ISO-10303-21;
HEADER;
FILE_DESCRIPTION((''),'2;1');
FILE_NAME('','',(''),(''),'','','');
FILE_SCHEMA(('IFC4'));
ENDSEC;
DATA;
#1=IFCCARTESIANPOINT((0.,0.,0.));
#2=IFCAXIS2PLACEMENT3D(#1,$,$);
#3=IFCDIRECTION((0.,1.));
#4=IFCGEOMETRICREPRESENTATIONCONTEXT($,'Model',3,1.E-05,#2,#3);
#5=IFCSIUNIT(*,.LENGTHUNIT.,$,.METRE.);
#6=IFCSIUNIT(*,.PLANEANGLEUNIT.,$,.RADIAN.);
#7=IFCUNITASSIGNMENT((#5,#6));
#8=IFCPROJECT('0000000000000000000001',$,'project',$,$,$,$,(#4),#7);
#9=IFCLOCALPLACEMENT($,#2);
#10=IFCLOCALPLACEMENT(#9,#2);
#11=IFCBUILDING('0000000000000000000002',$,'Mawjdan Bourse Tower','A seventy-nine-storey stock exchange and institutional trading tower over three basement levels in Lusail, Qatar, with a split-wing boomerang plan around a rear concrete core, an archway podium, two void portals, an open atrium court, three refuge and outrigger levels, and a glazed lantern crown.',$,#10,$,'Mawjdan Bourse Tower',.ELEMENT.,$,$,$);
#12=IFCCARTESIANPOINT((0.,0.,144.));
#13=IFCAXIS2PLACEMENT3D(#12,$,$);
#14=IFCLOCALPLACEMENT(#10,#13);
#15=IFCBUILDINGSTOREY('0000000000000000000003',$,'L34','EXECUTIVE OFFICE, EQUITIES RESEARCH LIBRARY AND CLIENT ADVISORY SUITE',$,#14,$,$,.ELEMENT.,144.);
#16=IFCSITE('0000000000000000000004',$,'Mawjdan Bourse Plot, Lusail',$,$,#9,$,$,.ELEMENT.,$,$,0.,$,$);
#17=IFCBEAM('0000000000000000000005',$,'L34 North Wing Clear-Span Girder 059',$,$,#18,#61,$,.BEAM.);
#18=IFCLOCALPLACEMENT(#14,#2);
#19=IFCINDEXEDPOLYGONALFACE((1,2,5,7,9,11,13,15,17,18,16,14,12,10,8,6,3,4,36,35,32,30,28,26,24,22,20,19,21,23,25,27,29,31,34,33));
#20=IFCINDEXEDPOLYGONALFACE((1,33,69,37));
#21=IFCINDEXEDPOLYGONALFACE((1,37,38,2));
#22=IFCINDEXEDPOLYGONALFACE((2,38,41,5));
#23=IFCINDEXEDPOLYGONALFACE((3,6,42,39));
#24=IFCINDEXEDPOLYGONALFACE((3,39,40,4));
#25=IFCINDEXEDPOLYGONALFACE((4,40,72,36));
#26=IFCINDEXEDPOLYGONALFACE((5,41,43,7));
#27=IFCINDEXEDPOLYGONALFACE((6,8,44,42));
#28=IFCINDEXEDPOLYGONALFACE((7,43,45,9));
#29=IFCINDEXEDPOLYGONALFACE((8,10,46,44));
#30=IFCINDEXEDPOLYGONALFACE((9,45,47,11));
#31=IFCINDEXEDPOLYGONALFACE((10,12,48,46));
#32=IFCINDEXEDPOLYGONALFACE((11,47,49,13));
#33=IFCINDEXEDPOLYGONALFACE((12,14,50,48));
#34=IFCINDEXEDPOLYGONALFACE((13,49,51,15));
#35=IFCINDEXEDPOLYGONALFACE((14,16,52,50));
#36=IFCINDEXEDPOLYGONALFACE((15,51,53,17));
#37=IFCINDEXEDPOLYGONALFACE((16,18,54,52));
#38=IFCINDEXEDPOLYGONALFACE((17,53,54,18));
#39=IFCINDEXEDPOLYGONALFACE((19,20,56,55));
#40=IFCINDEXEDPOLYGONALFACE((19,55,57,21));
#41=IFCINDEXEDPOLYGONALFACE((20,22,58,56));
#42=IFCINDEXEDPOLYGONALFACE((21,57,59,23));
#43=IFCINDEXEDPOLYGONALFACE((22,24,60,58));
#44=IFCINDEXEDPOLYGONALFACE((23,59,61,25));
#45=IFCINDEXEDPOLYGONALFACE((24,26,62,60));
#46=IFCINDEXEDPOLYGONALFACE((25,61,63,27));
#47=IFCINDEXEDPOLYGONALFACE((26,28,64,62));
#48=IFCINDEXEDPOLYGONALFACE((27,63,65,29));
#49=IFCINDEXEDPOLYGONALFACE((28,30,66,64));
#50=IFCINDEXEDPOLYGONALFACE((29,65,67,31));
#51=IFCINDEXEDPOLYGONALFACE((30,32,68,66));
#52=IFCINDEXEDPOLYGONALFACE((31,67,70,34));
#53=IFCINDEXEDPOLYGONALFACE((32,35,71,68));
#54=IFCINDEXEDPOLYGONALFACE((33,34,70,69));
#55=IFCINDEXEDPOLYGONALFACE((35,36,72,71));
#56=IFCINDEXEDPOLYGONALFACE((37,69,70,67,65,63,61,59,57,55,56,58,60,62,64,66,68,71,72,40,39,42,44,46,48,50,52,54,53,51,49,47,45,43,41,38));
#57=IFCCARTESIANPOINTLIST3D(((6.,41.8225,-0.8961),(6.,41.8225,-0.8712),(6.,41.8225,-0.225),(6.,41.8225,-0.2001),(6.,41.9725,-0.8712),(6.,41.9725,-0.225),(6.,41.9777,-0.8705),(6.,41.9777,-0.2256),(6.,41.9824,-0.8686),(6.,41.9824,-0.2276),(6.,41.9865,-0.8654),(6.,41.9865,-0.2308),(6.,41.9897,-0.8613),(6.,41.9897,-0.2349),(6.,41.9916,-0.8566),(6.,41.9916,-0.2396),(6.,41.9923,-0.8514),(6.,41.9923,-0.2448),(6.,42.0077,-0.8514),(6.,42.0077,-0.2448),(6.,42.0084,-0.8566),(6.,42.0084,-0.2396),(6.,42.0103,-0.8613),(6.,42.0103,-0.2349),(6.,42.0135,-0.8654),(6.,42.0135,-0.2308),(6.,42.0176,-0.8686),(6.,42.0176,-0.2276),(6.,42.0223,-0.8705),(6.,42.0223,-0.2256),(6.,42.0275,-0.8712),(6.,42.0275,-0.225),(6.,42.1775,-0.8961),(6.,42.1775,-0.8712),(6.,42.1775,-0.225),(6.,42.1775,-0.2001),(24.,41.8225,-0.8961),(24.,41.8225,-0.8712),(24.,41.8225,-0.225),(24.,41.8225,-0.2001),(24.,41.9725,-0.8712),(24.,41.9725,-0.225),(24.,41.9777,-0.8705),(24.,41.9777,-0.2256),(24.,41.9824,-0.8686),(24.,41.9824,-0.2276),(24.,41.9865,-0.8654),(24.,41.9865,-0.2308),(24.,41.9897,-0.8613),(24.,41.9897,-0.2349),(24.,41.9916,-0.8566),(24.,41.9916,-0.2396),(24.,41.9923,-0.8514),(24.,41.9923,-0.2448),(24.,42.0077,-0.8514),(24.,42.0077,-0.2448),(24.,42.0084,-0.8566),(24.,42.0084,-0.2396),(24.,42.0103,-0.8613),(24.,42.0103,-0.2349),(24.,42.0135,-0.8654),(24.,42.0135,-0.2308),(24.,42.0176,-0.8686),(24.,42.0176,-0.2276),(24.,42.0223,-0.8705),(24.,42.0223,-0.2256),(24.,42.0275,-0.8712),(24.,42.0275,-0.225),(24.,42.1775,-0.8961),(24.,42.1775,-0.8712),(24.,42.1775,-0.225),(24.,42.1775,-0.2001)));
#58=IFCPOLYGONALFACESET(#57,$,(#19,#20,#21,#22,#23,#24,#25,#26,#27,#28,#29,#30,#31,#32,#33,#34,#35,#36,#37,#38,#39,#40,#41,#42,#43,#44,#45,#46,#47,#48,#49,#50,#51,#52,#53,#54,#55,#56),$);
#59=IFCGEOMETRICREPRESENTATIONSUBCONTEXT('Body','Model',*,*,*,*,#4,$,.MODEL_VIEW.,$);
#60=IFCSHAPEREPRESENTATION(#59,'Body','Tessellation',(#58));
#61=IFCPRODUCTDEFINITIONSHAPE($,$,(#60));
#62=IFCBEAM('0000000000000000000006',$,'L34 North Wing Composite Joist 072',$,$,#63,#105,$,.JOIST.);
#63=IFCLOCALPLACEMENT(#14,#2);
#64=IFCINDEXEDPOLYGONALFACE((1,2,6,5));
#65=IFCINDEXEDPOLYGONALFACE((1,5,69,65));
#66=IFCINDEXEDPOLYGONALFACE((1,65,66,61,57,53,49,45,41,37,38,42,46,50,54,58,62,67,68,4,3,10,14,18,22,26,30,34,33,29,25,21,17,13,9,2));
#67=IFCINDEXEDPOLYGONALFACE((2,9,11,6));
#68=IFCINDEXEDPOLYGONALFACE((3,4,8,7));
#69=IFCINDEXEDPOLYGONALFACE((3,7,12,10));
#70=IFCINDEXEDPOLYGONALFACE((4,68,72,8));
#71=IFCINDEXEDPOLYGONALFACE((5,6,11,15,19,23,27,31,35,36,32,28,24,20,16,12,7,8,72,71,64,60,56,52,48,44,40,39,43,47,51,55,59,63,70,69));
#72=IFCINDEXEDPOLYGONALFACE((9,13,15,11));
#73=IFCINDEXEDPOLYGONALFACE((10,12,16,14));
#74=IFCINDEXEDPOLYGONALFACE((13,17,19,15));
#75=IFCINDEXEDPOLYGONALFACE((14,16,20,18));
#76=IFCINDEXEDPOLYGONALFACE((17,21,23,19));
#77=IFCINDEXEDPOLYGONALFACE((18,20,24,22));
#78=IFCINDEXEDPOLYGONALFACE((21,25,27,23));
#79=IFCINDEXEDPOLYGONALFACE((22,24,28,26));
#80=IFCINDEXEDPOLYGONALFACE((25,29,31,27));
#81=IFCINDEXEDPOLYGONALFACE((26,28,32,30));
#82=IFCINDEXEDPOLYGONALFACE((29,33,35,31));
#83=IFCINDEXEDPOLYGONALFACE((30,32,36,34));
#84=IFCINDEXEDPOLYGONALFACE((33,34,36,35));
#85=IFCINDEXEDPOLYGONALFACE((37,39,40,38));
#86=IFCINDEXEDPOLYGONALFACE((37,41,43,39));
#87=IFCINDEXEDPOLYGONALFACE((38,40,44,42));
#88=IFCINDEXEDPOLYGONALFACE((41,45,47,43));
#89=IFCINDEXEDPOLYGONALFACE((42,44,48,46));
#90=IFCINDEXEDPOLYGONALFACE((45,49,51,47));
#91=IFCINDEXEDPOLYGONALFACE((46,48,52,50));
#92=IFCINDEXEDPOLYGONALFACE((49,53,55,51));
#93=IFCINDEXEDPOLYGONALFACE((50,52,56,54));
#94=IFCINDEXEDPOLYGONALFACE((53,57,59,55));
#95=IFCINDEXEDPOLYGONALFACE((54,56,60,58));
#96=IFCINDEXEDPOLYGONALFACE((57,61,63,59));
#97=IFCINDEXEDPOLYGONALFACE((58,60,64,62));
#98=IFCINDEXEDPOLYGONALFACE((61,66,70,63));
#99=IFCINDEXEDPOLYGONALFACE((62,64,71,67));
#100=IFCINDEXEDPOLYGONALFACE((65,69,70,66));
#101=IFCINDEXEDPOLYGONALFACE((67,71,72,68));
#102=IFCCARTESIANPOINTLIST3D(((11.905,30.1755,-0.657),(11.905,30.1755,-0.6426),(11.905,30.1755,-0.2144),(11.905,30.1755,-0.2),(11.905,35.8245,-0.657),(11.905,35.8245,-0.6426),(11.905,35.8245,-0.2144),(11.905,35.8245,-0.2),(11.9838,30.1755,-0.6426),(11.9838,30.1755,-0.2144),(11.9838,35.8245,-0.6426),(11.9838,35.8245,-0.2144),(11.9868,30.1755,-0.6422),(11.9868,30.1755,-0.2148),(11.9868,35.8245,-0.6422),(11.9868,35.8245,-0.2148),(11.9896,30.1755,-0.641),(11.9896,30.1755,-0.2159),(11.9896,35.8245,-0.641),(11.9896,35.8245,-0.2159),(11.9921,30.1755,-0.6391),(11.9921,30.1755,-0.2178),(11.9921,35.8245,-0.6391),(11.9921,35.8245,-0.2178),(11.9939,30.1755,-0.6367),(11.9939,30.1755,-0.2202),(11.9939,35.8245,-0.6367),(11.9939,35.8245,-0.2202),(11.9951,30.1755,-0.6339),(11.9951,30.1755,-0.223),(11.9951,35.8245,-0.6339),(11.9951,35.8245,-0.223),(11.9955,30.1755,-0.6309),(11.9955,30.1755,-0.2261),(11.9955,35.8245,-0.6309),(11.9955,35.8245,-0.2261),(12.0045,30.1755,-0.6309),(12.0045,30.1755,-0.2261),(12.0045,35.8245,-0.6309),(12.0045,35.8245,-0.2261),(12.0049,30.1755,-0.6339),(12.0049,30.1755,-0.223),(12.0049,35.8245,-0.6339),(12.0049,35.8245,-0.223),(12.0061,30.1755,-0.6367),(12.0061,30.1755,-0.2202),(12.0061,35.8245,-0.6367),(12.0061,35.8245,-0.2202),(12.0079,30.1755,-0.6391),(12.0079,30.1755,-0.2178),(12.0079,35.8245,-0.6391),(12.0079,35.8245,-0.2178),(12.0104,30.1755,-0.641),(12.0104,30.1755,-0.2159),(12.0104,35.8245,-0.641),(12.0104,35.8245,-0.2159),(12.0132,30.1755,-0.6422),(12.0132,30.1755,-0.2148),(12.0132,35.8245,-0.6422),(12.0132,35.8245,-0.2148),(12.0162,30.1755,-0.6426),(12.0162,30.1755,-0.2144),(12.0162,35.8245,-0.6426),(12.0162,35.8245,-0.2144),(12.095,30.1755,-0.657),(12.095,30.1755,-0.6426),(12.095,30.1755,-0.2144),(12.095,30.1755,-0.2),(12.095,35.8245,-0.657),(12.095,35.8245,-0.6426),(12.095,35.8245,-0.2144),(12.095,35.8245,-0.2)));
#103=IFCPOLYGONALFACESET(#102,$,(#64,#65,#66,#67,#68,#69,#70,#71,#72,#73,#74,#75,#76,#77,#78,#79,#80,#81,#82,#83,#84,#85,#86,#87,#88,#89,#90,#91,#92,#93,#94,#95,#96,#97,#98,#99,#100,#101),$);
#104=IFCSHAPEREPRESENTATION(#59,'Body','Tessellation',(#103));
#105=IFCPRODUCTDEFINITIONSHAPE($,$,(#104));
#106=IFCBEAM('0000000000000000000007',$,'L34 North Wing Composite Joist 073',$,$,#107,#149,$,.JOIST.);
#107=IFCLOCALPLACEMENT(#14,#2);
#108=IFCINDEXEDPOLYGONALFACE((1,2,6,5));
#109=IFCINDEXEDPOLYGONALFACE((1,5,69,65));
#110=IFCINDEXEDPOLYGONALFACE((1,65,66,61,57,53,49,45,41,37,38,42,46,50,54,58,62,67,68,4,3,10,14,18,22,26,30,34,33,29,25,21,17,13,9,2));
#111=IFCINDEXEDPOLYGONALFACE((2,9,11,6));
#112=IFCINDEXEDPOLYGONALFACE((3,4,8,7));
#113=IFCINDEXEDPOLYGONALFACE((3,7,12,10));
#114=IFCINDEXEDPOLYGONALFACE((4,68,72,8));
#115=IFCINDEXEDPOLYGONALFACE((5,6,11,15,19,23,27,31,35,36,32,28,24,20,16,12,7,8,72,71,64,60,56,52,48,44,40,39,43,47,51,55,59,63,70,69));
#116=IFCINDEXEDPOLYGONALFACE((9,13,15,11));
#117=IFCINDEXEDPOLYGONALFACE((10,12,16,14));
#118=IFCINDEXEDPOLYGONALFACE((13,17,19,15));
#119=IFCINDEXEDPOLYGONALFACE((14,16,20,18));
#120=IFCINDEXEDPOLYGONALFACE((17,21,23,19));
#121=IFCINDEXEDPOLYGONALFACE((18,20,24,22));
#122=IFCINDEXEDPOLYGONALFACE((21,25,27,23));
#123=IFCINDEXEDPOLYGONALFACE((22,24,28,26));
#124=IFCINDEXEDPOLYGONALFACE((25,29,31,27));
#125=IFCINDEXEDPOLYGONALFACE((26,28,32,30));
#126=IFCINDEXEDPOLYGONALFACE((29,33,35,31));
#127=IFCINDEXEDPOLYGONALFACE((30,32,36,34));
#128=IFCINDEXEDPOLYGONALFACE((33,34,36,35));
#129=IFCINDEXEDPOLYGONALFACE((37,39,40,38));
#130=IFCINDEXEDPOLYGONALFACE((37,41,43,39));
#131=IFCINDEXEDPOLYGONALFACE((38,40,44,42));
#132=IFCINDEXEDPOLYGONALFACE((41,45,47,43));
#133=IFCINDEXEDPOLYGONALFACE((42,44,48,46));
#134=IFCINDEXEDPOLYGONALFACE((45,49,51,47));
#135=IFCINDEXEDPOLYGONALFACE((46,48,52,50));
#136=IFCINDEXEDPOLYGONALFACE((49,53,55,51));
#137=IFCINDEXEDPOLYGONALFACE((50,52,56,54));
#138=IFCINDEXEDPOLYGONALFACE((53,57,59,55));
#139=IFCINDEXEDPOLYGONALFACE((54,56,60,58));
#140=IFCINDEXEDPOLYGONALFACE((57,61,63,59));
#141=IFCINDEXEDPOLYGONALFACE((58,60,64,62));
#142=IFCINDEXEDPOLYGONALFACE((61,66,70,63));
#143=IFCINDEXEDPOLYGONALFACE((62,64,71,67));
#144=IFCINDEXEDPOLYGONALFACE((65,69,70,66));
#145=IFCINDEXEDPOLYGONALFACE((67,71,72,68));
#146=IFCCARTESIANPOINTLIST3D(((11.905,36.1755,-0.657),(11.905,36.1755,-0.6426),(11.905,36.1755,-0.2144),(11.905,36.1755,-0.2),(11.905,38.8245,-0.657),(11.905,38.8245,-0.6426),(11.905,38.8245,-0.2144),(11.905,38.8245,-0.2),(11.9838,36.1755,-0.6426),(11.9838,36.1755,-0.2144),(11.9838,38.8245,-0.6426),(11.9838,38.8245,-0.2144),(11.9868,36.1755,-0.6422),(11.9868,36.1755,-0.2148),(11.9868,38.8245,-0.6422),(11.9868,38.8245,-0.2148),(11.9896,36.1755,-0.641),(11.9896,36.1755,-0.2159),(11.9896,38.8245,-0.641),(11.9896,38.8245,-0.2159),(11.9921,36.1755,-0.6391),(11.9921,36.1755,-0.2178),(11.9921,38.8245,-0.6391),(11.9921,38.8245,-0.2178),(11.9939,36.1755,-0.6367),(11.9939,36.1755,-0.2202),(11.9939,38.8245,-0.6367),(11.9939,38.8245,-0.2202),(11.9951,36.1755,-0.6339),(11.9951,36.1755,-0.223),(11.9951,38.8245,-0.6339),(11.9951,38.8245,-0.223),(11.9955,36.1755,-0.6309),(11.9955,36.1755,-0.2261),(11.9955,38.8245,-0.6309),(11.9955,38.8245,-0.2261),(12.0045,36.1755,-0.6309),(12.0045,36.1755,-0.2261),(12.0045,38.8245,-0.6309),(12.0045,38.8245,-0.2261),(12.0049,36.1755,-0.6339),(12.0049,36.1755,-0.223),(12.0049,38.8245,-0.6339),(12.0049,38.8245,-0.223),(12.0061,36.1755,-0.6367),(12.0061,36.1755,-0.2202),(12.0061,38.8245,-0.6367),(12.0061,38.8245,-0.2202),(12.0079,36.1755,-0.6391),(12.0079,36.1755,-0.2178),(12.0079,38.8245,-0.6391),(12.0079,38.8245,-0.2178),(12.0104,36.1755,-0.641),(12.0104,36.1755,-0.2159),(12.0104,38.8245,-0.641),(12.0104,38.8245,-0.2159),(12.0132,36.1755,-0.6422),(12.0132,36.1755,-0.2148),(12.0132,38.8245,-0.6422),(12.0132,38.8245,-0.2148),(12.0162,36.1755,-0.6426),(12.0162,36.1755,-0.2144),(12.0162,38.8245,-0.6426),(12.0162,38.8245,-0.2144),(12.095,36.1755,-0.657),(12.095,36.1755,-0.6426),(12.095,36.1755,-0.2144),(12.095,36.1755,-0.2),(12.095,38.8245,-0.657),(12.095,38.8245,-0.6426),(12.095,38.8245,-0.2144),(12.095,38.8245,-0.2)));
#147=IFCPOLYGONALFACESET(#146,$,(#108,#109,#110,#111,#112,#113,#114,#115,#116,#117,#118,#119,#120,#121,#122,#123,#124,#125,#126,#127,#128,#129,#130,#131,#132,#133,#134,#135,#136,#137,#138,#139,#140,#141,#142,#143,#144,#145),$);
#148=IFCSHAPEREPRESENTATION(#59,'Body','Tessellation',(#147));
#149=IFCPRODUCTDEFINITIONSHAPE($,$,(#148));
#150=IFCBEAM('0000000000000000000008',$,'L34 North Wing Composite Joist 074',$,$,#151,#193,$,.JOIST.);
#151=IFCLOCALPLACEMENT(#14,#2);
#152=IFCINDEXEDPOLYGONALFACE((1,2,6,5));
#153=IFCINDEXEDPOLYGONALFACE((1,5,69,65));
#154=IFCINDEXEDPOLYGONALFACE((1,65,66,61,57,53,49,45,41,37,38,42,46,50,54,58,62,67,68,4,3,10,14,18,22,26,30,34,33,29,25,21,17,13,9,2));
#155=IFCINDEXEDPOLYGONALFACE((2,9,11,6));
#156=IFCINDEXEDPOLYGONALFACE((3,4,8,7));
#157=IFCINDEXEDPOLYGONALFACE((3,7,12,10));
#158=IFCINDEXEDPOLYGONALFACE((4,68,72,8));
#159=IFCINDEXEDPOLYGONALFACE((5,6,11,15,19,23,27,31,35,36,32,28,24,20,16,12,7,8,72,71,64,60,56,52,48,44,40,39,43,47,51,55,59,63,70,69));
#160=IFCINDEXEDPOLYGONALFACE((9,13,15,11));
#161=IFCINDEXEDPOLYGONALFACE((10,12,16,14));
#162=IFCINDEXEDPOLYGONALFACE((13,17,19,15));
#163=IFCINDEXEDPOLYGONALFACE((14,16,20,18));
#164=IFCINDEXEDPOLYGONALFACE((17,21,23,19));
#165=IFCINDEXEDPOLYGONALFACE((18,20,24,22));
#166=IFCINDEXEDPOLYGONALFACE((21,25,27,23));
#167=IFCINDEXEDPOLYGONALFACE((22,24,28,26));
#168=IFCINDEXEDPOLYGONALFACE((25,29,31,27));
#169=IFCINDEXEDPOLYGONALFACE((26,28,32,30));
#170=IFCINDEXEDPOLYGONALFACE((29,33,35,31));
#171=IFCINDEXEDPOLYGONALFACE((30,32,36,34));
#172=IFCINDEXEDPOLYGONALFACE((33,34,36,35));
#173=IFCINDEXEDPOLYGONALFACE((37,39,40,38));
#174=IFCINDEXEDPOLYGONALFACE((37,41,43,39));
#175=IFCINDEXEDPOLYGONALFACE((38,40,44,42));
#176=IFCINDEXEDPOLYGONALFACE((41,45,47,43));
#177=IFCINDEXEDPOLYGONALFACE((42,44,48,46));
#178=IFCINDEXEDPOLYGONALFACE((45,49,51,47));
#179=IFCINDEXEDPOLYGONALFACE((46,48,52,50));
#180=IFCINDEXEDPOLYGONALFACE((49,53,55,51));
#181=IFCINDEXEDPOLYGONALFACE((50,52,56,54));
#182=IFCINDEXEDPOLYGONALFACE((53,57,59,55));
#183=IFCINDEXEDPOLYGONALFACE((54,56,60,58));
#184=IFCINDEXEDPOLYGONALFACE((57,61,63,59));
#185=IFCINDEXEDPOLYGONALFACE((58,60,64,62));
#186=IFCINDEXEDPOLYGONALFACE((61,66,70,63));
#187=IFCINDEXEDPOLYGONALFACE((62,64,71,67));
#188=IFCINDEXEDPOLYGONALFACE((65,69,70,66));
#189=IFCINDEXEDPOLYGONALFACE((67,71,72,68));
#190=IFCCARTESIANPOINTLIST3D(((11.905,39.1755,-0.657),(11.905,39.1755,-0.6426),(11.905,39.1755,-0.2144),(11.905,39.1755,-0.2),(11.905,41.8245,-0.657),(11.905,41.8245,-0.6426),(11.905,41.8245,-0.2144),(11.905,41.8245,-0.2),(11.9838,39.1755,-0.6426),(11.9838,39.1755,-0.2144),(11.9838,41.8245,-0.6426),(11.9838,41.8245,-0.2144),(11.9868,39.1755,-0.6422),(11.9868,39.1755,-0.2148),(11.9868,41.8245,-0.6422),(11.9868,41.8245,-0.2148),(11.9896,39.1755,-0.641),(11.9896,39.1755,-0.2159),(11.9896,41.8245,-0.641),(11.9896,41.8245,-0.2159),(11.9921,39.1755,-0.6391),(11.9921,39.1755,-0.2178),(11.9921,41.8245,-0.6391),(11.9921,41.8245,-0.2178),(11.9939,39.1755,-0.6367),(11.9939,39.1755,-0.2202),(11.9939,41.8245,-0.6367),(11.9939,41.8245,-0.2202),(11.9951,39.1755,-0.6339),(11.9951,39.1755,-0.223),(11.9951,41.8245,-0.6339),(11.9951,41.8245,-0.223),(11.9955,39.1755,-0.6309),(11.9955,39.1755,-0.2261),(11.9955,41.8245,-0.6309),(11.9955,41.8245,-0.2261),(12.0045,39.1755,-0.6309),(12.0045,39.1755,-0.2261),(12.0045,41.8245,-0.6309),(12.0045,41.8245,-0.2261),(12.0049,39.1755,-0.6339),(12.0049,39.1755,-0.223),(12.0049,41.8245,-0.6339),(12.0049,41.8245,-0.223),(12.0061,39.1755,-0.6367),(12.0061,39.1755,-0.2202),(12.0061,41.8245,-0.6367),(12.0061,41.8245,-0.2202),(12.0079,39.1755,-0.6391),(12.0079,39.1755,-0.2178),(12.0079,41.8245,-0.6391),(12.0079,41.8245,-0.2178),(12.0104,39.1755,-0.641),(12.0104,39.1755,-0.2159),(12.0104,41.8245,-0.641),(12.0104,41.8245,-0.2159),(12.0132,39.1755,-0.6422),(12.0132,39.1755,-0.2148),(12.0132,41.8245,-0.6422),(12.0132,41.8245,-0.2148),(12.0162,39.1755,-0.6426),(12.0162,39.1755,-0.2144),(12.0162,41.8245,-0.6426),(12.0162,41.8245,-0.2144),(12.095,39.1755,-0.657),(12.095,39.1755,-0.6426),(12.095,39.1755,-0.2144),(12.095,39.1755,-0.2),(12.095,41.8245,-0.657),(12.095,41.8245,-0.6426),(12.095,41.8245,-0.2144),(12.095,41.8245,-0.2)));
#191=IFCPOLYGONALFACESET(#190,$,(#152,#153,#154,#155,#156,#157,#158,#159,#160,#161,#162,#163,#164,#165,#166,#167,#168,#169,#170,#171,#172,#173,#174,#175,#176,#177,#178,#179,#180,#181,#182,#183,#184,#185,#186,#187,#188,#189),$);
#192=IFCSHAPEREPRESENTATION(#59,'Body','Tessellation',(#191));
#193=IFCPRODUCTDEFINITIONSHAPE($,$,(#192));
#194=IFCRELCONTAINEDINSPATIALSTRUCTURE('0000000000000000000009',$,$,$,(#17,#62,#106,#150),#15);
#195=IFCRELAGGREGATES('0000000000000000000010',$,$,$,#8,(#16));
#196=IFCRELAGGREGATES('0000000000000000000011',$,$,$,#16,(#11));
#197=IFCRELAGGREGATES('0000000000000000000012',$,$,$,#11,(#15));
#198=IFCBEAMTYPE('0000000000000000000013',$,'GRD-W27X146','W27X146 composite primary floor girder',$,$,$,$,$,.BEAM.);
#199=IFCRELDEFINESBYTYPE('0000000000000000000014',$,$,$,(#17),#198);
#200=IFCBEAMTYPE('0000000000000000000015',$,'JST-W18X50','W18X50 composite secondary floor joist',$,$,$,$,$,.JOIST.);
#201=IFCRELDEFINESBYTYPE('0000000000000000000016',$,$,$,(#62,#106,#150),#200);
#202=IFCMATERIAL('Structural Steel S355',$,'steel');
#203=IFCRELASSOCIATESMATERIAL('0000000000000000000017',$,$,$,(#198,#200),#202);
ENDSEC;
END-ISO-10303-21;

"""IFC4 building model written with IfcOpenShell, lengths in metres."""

from ifc_helpers import new_model, si_unit, direction, frame, origin, origin_2d, place, context, subcontext, project, spatial, i_section, extrude, material, material_profile, profile_set, type_object, element, save


model = new_model("IFC4")

# Units and contexts
model_context = context("Model", 3, precision=1e-05, world=origin(), true_north=direction((0.0, 1.0)))
body_context = subcontext(model_context, "Body", "Model", "MODEL_VIEW")
ifc_project = project(units=[si_unit("LENGTHUNIT", "METRE"), si_unit("PLANEANGLEUNIT", "RADIAN")], contexts=[model_context])

# Site, building, storey
site_placement = place(None, origin())
site = spatial("IfcSite", under=ifc_project, at=site_placement, Name="Mawjdan Bourse Plot, Lusail", CompositionType="ELEMENT", RefElevation=0.0)
building_placement = place(site_placement, origin())
building = spatial("IfcBuilding", under=site, at=building_placement, Name="Mawjdan Bourse Tower", Description="A seventy-nine-storey stock exchange and institutional trading tower over three basement levels in Lusail, Qatar, with a split-wing boomerang plan around a rear concrete core, an archway podium, two void portals, an open atrium court, three refuge and outrigger levels, and a glazed lantern crown.", LongName="Mawjdan Bourse Tower", CompositionType="ELEMENT")
storey_placement = place(building_placement, frame((0.0, 0.0, 144.0)))
storey = spatial("IfcBuildingStorey", under=building, at=storey_placement, Name="L34", Description="EXECUTIVE OFFICE, EQUITIES RESEARCH LIBRARY AND CLIENT ADVISORY SUITE", CompositionType="ELEMENT", Elevation=144.0)

# Beams
ifc_material_1 = material(Name="Structural Steel S355", Category="steel")
ifc_material_profile_1 = material_profile(ifc_material_1, i_section(OverallWidth=0.355, OverallDepth=0.696, WebThickness=0.0154, FlangeThickness=0.0249, FilletRadius=0.0198, at=origin_2d()), Name="W27X146")
ifc_profile_set_1 = profile_set([ifc_material_profile_1], Name="Structural Steel S355")
beam_type_1 = type_object("IfcBeamType", Name="GRD-W27X146", Description="W27X146 composite primary floor girder", PredefinedType="BEAM", material=ifc_profile_set_1)
for number, where, z_axis, x_axis, name in (
    (1, (6.0, 42.0, -0.5481), (1.0, 0.0, 0.0), (0.0, 1.0, 0.0), "L34 North Wing Clear-Span Girder 059"),
):
    element("IfcBeam", number, at=place(storey_placement, frame(where, z_axis=z_axis, x_axis=x_axis)), inside=storey, type_object=beam_type_1, Name=name, PredefinedType="BEAM", context=body_context, shape_type="SweptSolid", body=[
        extrude(i_section(OverallWidth=0.355, OverallDepth=0.696, WebThickness=0.0154, FlangeThickness=0.0249, FilletRadius=0.0198, at=origin_2d()), origin(), (0.0, 0.0, 1.0), 18.0),
    ])
ifc_material_profile_2 = material_profile(ifc_material_1, i_section(OverallWidth=0.1899, OverallDepth=0.457, WebThickness=0.009, FlangeThickness=0.0144, FilletRadius=0.0117, at=origin_2d()), Name="W18X50")
ifc_profile_set_2 = profile_set([ifc_material_profile_2], Name="Structural Steel S355")
beam_type_2 = type_object("IfcBeamType", Name="JST-W18X50", Description="W18X50 composite secondary floor joist", PredefinedType="JOIST", material=ifc_profile_set_2)
beam_1_placement = place(storey_placement, frame((12.0, 30.1755, -0.4285), z_axis=(0.0, 1.0, 0.0), x_axis=(-1.0, 0.0, 0.0)))
element("IfcBeam", 2, at=beam_1_placement, inside=storey, type_object=beam_type_2, Name="L34 North Wing Composite Joist 072", PredefinedType="JOIST", context=body_context, shape_type="SweptSolid", body=[
    extrude(i_section(OverallWidth=0.1899, OverallDepth=0.457, WebThickness=0.009, FlangeThickness=0.0144, FilletRadius=0.0117, at=origin_2d()), origin(), (0.0, 0.0, 1.0), 5.6489),
])
for number, where, z_axis, x_axis, name in (
    (3, (12.0, 36.1755, -0.4285), (0.0, 1.0, 0.0), (-1.0, 0.0, 0.0), "L34 North Wing Composite Joist 073"),
    (4, (12.0, 39.1755, -0.4285), (0.0, 1.0, 0.0), (-1.0, 0.0, 0.0), "L34 North Wing Composite Joist 074"),
):
    element("IfcBeam", number, at=place(storey_placement, frame(where, z_axis=z_axis, x_axis=x_axis)), inside=storey, type_object=beam_type_2, Name=name, PredefinedType="JOIST", context=body_context, shape_type="SweptSolid", body=[
        extrude(i_section(OverallWidth=0.1899, OverallDepth=0.457, WebThickness=0.009, FlangeThickness=0.0144, FilletRadius=0.0117, at=origin_2d()), origin(), (0.0, 0.0, 1.0), 2.6489),
    ])

save(model, "model.ifc")
